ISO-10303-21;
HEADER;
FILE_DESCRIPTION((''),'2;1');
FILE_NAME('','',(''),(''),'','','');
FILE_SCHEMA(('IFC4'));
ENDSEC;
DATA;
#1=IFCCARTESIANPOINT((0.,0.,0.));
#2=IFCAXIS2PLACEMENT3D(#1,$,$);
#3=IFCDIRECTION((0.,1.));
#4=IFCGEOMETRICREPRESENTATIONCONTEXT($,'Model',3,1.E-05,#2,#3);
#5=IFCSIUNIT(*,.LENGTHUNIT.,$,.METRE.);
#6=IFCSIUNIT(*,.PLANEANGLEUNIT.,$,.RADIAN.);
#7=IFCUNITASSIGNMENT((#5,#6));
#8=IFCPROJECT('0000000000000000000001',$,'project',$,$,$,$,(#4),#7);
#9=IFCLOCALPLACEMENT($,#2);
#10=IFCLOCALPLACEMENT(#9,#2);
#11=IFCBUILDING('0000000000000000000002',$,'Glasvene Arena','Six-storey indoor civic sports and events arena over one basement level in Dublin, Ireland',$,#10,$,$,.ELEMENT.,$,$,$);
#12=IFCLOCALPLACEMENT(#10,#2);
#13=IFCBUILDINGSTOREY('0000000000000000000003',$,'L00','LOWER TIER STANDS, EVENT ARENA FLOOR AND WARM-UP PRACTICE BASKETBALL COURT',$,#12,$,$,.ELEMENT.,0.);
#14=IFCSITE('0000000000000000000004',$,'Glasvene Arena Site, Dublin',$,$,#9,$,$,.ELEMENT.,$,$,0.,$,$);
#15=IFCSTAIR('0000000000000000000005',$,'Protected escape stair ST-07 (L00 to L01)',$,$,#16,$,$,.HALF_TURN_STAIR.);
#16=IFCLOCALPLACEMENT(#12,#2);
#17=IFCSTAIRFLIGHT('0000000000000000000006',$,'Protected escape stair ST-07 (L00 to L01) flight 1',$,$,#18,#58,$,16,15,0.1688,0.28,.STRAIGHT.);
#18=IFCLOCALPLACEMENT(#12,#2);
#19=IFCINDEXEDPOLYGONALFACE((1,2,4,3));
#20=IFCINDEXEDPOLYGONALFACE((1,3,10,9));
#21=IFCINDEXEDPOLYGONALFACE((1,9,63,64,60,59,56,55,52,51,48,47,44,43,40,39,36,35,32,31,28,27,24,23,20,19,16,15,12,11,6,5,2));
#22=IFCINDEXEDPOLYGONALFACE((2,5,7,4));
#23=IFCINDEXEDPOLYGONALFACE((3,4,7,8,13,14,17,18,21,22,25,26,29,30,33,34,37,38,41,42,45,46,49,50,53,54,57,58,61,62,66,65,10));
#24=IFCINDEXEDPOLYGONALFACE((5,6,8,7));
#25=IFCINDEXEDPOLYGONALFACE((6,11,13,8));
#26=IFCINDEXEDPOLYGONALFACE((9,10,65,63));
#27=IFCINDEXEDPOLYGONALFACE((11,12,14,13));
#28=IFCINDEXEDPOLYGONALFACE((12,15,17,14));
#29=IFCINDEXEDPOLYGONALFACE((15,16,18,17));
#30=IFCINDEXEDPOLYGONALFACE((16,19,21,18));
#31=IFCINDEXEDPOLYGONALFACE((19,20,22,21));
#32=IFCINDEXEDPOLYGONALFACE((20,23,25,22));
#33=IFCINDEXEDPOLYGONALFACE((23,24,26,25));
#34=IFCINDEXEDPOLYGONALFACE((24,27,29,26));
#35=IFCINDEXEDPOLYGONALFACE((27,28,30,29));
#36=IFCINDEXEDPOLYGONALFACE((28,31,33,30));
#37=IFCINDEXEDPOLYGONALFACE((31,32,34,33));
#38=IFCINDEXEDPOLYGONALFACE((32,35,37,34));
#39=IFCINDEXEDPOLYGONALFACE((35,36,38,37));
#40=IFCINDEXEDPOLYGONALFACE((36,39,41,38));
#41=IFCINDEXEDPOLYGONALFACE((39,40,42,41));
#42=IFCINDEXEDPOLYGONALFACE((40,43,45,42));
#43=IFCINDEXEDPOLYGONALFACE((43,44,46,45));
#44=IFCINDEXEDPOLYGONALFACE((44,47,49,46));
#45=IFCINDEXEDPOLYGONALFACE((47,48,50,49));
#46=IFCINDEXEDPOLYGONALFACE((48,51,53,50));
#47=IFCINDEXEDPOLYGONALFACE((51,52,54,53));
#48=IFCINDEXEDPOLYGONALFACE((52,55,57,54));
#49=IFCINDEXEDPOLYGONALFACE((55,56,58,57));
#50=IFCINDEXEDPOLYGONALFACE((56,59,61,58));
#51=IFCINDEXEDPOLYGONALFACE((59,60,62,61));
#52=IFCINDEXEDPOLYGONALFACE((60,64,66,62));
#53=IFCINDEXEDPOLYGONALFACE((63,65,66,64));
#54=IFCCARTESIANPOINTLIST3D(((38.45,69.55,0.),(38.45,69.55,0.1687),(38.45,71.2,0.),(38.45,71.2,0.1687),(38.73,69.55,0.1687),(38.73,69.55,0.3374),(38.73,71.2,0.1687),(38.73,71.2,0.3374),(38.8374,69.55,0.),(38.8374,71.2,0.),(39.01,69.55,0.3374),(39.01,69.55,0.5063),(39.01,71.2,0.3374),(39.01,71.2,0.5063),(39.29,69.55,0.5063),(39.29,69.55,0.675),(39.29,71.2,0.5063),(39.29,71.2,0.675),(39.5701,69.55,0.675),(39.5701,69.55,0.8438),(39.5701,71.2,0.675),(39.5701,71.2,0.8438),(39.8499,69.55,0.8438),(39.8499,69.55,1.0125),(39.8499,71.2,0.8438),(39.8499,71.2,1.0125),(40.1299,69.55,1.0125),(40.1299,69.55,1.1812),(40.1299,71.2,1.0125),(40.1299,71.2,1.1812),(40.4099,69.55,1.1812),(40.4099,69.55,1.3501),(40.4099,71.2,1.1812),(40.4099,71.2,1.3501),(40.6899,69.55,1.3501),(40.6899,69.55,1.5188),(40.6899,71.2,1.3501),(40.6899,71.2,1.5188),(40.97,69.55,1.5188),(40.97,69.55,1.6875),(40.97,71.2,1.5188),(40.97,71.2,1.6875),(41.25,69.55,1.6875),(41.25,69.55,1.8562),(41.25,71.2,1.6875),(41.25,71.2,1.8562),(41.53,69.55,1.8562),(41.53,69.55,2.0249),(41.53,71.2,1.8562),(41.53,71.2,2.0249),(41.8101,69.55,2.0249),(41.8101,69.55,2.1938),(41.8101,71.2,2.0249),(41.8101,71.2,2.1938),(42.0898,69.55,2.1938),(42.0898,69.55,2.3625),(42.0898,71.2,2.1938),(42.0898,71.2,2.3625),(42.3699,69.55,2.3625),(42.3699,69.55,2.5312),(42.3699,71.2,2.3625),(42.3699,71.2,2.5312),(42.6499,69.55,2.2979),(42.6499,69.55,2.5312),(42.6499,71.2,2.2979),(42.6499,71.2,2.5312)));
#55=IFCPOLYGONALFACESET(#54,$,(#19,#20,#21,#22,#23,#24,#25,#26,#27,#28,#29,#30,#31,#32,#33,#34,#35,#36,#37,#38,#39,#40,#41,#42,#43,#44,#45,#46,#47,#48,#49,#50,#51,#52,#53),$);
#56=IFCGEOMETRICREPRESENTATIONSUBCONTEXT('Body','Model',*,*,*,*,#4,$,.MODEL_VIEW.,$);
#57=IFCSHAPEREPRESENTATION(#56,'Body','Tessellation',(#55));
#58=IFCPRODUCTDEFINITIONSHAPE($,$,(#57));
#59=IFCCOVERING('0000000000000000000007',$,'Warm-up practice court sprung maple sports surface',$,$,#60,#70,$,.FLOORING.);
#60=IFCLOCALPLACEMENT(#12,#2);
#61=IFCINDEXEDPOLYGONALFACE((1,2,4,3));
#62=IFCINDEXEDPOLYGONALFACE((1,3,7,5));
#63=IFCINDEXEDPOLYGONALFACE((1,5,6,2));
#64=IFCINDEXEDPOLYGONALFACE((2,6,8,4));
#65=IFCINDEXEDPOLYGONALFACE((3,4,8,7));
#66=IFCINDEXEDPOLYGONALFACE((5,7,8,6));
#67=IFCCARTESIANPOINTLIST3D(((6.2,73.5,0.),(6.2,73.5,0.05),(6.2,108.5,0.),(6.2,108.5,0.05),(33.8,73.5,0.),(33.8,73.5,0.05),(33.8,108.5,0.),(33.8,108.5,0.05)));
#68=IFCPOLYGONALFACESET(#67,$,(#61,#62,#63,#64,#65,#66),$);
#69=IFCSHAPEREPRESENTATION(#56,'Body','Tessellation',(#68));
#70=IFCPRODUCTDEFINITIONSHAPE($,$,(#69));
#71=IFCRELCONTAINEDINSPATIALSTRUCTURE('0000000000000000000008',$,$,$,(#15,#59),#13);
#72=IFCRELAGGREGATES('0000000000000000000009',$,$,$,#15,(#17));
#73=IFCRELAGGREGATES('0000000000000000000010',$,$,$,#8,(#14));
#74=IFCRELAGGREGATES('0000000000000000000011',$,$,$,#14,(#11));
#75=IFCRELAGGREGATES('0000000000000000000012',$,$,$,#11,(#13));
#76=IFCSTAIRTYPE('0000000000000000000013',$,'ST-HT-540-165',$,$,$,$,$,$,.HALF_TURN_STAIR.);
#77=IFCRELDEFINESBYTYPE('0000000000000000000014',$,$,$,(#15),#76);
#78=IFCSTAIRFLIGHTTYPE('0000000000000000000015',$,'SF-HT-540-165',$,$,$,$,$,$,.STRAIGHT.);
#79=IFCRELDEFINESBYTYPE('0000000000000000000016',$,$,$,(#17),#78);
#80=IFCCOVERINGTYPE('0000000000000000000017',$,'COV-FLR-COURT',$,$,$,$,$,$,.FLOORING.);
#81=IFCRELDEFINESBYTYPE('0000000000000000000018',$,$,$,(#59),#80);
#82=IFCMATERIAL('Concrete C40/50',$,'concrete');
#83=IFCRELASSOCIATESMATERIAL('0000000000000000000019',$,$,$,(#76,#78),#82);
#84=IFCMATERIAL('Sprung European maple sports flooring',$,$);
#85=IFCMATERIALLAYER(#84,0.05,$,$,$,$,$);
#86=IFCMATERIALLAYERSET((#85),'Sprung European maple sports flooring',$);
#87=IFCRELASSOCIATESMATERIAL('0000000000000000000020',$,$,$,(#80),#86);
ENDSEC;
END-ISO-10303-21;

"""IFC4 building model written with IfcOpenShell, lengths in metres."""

from ifc_helpers import new_model, si_unit, direction, frame, origin, place, context, subcontext, project, spatial, polyline, outline, extrude, material, layer, layer_set, type_object, element, aggregate, save


model = new_model("IFC4")

# Units and contexts
model_context = context("Model", 3, precision=1e-05, world=origin(), true_north=direction((0.0, 1.0)))
body_context = subcontext(model_context, "Body", "Model", "MODEL_VIEW")
ifc_project = project(units=[si_unit("LENGTHUNIT", "METRE"), si_unit("PLANEANGLEUNIT", "RADIAN")], contexts=[model_context])

# Site, building, storey
site_placement = place(None, origin())
site = spatial("IfcSite", under=ifc_project, at=site_placement, Name="Glasvene Arena Site, Dublin", CompositionType="ELEMENT", RefElevation=0.0)
building_placement = place(site_placement, origin())
building = spatial("IfcBuilding", under=site, at=building_placement, Name="Glasvene Arena", Description="Six-storey indoor civic sports and events arena over one basement level in Dublin, Ireland", CompositionType="ELEMENT")
storey_placement = place(building_placement, origin())
storey = spatial("IfcBuildingStorey", under=building, at=storey_placement, Name="L00", Description="LOWER TIER STANDS, EVENT ARENA FLOOR AND WARM-UP PRACTICE BASKETBALL COURT", CompositionType="ELEMENT", Elevation=0.0)

# Shared definitions
ifc_material_1 = material(Name="Concrete C40/50", Category="concrete")

# Stair, stair flight
stair_type = type_object("IfcStairType", Name="ST-HT-540-165", PredefinedType="HALF_TURN_STAIR", material=ifc_material_1)
stair_placement = place(storey_placement, origin())
stair = element("IfcStair", 1, at=stair_placement, inside=storey, type_object=stair_type, Name="Protected escape stair ST-07 (L00 to L01)", PredefinedType="HALF_TURN_STAIR")
stair_flight_type = type_object("IfcStairFlightType", Name="SF-HT-540-165", PredefinedType="STRAIGHT", material=ifc_material_1)
stair_flight_placement = place(storey_placement, frame((38.45, 70.375, 0.0), z_axis=(0.0, 0.0, 1.0), x_axis=(1.0, 0.0, 0.0)))
stair_flight = element("IfcStairFlight", 2, at=stair_flight_placement, type_object=stair_flight_type, Name="Protected escape stair ST-07 (L00 to L01) flight 1", NumberOfRisers=16, NumberOfTreads=15, PredefinedType="STRAIGHT", RiserHeight=0.1688, TreadLength=0.28, context=body_context, shape_type="SweptSolid", body=[
    extrude(outline(polyline([(0.0, 0.0), (0.0, 0.1687), (0.28, 0.1687), (0.28, 0.3374), (0.5601, 0.3374), (0.5601, 0.5063), (0.8401, 0.5063), (0.8401, 0.675), (1.1201, 0.675), (1.1201, 0.8438), (1.3999, 0.8438), (1.3999, 1.0125), (1.6799, 1.0125), (1.6799, 1.1812), (1.96, 1.1812), (1.96, 1.3501), (2.24, 1.3501), (2.24, 1.5188), (2.52, 1.5188), (2.52, 1.6875), (2.8, 1.6875), (2.8, 1.8562), (3.0801, 1.8562), (3.0801, 2.0249), (3.3601, 2.0249), (3.3601, 2.1938), (3.6399, 2.1938), (3.6399, 2.3625), (3.9199, 2.3625), (3.9199, 2.5312), (4.2, 2.5312), (4.2, 2.7), (4.2, 2.2979), (0.3875, 0.0), (0.0, 0.0)])), frame((0.0, 0.825, 0.0), z_axis=(0.0, -1.0, 0.0), x_axis=(1.0, 0.0, 0.0)), (0.0, 0.0, 1.0), 1.6499),
])
aggregate(stair, [stair_flight])

# Covering
ifc_material_2 = material(Name="Sprung European maple sports flooring")
ifc_layer_1 = layer(ifc_material_2, 0.05)
ifc_layer_set_1 = layer_set([ifc_layer_1], Name="Sprung European maple sports flooring")
covering_type = type_object("IfcCoveringType", Name="COV-FLR-COURT", PredefinedType="FLOORING", material=ifc_layer_set_1)
covering_placement = place(storey_placement, frame((20.0, 91.0, 0.0)))
element("IfcCovering", 3, at=covering_placement, inside=storey, type_object=covering_type, Name="Warm-up practice court sprung maple sports surface", PredefinedType="FLOORING", context=body_context, shape_type="SweptSolid", body=[
    extrude(outline(polyline([(-13.8, -17.5), (13.8, -17.5), (13.8, 17.5), (-13.8, 17.5), (-13.8, -17.5)])), origin(), (0.0, 0.0, 1.0), 0.05),
])

save(model, "model.ifc")
